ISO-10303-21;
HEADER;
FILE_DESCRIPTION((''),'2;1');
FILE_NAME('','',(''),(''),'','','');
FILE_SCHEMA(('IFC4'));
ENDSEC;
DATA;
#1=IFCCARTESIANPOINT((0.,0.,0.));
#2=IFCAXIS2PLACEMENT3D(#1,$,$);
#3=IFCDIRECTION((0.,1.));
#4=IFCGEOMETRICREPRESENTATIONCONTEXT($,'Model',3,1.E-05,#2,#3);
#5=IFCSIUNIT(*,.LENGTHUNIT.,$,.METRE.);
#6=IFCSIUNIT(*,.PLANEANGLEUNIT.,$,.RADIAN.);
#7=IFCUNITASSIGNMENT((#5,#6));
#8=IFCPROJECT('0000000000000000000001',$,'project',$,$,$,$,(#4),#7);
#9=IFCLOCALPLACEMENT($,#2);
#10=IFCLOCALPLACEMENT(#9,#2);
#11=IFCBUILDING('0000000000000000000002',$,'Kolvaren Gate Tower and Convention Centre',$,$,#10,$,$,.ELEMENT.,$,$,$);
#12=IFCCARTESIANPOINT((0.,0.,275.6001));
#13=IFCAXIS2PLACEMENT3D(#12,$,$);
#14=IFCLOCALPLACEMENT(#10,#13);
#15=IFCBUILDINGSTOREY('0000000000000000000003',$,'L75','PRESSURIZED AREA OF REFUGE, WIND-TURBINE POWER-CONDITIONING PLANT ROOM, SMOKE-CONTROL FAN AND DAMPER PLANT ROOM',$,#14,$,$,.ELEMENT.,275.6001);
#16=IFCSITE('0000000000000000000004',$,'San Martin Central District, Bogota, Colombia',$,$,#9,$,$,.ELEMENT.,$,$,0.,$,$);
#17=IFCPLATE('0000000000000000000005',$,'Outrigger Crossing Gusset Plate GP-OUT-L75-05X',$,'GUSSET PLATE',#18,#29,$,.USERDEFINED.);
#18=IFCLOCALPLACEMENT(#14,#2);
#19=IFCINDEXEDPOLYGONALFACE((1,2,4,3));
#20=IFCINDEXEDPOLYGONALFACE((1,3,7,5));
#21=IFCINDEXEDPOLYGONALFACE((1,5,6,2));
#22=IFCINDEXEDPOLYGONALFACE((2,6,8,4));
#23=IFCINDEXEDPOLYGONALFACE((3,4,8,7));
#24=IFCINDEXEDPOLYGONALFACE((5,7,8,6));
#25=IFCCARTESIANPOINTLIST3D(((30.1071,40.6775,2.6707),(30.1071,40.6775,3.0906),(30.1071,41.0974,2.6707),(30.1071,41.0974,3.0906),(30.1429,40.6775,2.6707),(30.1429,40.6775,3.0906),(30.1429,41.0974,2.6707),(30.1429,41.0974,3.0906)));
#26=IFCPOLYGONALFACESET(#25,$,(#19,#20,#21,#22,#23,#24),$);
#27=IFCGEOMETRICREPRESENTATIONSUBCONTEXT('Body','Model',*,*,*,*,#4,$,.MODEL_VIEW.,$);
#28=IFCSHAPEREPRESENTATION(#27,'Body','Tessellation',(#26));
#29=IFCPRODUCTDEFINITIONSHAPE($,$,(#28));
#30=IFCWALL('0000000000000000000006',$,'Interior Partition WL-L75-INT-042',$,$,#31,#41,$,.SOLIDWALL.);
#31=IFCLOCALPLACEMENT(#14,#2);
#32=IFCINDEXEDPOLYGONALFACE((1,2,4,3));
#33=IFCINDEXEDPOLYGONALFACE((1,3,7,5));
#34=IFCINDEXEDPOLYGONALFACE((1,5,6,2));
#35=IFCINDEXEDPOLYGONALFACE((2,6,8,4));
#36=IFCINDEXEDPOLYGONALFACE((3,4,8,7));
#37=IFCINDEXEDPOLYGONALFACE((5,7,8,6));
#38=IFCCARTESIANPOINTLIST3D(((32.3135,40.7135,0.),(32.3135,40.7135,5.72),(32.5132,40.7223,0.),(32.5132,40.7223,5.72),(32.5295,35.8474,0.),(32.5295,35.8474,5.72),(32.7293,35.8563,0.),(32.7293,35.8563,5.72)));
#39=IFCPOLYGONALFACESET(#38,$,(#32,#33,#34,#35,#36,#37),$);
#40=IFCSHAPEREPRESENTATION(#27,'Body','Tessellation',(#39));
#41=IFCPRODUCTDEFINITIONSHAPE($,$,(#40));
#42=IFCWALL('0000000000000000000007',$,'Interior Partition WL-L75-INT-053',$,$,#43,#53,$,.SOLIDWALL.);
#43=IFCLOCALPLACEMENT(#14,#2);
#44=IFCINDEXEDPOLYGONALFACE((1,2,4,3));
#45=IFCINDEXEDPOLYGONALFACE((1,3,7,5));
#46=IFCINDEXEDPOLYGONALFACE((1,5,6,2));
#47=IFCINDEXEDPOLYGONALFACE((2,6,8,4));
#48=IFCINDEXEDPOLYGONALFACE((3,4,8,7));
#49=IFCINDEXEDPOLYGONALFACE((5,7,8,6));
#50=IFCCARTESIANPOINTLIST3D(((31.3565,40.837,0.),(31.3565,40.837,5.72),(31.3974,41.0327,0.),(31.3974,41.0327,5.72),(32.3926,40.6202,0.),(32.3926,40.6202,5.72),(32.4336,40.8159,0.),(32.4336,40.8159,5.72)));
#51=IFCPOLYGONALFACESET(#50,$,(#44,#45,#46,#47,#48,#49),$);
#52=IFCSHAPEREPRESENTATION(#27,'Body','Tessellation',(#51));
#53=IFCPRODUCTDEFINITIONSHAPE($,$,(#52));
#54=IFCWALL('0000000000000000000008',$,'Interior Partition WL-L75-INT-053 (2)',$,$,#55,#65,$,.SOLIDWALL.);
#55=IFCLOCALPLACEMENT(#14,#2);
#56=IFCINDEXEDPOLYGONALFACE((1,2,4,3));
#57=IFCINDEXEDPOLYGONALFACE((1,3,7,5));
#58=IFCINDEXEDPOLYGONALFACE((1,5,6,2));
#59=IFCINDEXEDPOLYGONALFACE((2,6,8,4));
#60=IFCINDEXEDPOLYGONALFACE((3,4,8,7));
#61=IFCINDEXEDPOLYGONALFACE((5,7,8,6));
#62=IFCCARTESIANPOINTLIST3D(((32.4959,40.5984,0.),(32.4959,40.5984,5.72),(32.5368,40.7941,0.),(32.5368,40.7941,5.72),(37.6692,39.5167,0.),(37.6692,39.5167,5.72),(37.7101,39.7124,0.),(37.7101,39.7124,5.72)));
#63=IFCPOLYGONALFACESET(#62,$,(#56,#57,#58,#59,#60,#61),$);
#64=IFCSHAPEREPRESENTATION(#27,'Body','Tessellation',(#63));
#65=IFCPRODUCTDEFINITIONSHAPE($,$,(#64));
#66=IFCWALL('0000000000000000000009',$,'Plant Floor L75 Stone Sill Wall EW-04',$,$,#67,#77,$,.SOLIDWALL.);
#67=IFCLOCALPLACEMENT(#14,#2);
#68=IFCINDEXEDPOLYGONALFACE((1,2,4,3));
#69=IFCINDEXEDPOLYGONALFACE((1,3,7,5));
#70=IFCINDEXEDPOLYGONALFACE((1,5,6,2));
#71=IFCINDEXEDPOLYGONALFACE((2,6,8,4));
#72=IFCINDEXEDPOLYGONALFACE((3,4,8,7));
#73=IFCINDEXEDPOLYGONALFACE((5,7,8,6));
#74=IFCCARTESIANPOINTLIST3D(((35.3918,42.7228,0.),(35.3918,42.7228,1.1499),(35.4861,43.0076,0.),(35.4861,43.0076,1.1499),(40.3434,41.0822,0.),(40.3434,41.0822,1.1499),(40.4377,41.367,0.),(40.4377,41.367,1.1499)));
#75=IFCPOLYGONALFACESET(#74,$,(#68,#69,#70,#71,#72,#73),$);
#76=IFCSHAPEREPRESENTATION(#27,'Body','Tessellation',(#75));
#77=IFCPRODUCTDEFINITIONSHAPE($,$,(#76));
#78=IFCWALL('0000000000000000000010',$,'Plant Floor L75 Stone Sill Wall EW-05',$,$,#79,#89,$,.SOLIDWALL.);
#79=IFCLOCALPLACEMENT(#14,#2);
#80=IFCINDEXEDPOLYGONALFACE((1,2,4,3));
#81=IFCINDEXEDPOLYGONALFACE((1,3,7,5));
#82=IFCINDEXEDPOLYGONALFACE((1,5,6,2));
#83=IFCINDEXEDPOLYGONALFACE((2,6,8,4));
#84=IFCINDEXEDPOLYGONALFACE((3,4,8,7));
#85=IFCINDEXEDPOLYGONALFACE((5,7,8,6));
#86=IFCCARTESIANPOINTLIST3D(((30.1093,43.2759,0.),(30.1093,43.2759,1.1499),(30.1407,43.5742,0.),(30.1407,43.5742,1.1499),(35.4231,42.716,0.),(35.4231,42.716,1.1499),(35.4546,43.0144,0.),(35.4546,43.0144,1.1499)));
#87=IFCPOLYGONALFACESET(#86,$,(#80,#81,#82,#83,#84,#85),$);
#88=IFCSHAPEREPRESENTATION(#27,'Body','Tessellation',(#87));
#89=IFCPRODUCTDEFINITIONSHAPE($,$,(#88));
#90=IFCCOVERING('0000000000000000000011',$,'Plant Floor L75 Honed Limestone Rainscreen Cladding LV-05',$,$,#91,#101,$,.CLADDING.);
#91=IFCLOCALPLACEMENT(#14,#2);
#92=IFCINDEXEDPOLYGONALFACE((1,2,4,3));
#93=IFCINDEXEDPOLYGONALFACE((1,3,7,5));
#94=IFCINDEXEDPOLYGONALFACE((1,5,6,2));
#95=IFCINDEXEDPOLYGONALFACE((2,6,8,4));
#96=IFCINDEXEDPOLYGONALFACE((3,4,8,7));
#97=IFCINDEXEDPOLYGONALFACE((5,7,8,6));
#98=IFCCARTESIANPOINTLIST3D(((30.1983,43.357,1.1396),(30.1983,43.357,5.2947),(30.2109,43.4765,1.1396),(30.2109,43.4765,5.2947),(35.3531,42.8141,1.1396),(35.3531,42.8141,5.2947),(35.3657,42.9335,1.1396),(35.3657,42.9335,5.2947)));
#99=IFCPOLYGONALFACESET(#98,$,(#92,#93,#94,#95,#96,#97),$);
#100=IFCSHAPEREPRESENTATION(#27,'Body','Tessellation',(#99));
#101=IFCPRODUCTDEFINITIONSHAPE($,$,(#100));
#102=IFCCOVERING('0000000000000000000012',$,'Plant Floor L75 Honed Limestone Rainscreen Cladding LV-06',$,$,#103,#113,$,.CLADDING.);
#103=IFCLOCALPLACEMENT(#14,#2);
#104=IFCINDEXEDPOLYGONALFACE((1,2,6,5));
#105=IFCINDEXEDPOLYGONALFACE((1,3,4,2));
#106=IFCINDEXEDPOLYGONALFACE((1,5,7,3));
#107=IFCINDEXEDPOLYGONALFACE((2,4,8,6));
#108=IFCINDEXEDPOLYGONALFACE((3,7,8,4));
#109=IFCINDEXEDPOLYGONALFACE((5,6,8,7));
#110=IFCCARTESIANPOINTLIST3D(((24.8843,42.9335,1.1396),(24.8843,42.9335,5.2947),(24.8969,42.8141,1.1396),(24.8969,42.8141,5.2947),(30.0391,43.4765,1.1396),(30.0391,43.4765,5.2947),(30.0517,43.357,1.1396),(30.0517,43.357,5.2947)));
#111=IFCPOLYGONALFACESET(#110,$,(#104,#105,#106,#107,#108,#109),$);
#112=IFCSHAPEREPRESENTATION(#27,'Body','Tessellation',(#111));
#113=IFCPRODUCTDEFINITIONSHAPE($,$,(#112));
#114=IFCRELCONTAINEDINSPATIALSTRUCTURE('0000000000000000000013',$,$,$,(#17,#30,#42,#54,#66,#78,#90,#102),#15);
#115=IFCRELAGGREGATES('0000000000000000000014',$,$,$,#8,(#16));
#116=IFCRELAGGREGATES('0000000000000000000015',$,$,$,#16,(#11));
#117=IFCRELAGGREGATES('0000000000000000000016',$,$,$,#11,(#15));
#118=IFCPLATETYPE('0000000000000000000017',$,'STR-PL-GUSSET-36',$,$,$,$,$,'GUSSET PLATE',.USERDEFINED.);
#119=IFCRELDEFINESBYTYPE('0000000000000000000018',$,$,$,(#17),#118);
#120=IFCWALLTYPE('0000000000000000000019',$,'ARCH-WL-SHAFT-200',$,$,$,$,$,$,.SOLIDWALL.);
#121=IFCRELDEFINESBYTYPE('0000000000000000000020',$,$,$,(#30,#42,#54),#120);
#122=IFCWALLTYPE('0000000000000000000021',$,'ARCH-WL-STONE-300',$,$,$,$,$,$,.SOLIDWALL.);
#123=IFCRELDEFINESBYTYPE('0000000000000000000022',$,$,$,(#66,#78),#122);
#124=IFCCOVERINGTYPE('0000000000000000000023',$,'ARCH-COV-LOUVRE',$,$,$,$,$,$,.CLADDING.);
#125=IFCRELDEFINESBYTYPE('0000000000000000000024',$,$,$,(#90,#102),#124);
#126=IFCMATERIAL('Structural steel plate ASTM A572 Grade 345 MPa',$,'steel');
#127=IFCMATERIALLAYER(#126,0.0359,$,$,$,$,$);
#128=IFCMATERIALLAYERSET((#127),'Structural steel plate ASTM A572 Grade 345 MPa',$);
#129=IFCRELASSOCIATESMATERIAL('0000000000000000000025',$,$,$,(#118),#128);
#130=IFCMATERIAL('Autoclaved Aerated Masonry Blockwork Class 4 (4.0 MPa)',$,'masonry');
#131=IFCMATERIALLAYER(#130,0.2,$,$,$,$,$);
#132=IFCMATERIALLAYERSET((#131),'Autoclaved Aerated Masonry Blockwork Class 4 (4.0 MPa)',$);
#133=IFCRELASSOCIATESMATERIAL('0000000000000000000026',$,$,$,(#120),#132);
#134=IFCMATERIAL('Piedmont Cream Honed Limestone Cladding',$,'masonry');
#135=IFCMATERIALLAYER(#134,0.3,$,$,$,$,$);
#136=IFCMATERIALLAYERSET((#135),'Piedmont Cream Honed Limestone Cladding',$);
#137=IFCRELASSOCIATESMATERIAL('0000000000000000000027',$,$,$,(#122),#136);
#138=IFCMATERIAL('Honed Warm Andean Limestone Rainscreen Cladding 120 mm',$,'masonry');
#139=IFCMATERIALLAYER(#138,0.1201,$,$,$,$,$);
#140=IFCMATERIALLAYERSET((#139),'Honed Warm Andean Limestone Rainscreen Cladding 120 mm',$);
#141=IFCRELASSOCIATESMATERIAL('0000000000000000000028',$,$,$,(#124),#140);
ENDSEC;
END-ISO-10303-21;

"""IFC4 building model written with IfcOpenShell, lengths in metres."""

from ifc_helpers import new_model, si_unit, direction, frame, frame_2d, origin, origin_2d, place, context, subcontext, project, spatial, rectangle, extrude, material, layer, layer_set, type_object, element, save


model = new_model("IFC4")

# Units and contexts
model_context = context("Model", 3, precision=1e-05, world=origin(), true_north=direction((0.0, 1.0)))
body_context = subcontext(model_context, "Body", "Model", "MODEL_VIEW")
ifc_project = project(units=[si_unit("LENGTHUNIT", "METRE"), si_unit("PLANEANGLEUNIT", "RADIAN")], contexts=[model_context])

# Site, building, storey
site_placement = place(None, origin())
site = spatial("IfcSite", under=ifc_project, at=site_placement, Name="San Martin Central District, Bogota, Colombia", CompositionType="ELEMENT", RefElevation=0.0)
building_placement = place(site_placement, origin())
building = spatial("IfcBuilding", under=site, at=building_placement, Name="Kolvaren Gate Tower and Convention Centre", CompositionType="ELEMENT")
storey_placement = place(building_placement, frame((0.0, 0.0, 275.6001)))
storey = spatial("IfcBuildingStorey", under=building, at=storey_placement, Name="L75", Description="PRESSURIZED AREA OF REFUGE, WIND-TURBINE POWER-CONDITIONING PLANT ROOM, SMOKE-CONTROL FAN AND DAMPER PLANT ROOM", CompositionType="ELEMENT", Elevation=275.6001)

# Plate
ifc_material_1 = material(Name="Structural steel plate ASTM A572 Grade 345 MPa", Category="steel")
ifc_layer_1 = layer(ifc_material_1, 0.0359)
ifc_layer_set_1 = layer_set([ifc_layer_1], Name="Structural steel plate ASTM A572 Grade 345 MPa")
plate_type_1 = type_object("IfcPlateType", Name="STR-PL-GUSSET-36", ElementType="GUSSET PLATE", PredefinedType="USERDEFINED", material=ifc_layer_set_1)
plate_1_placement = place(storey_placement, frame((30.125, 40.8875, 2.6707), z_axis=(0.0, 0.0, 1.0), x_axis=(0.0, 1.0, 0.0)))
element("IfcPlate", 1, at=plate_1_placement, inside=storey, type_object=plate_type_1, Name="Outrigger Crossing Gusset Plate GP-OUT-L75-05X", ObjectType="GUSSET PLATE", PredefinedType="USERDEFINED", context=body_context, shape_type="SweptSolid", body=[
    extrude(rectangle(XDim=0.4199, YDim=0.0359, at=origin_2d()), origin(), (0.0, 0.0, 1.0), 0.4199),
])

# Walls
ifc_material_2 = material(Name="Autoclaved Aerated Masonry Blockwork Class 4 (4.0 MPa)", Category="masonry")
ifc_layer_2 = layer(ifc_material_2, 0.2)
ifc_layer_set_2 = layer_set([ifc_layer_2], Name="Autoclaved Aerated Masonry Blockwork Class 4 (4.0 MPa)")
wall_type_1 = type_object("IfcWallType", Name="ARCH-WL-SHAFT-200", PredefinedType="SOLIDWALL", material=ifc_layer_set_2)
wall_1_placement = place(storey_placement, frame((32.4133, 40.718, 0.0), z_axis=(0.0, 0.0, 1.0), x_axis=(0.044359, -0.999016, 0.0)))
element("IfcWall", 2, at=wall_1_placement, inside=storey, type_object=wall_type_1, Name="Interior Partition WL-L75-INT-042", PredefinedType="SOLIDWALL", context=body_context, shape_type="SweptSolid", body=[
    extrude(rectangle(XDim=4.8708, YDim=0.2, at=frame_2d((2.4355, 0.0))), origin(), (0.0, 0.0, 1.0), 5.72),
])
wall_2_placement = place(storey_placement, frame((31.377, 40.9348, 0.0), z_axis=(0.0, 0.0, 1.0), x_axis=(0.978804, -0.204801, 0.0)))
element("IfcWall", 3, at=wall_2_placement, inside=storey, type_object=wall_type_1, Name="Interior Partition WL-L75-INT-053", PredefinedType="SOLIDWALL", context=body_context, shape_type="SweptSolid", body=[
    extrude(rectangle(XDim=1.0586, YDim=0.2, at=frame_2d((0.5293, 0.0))), origin(), (0.0, 0.0, 1.0), 5.72),
])
wall_3_placement = place(storey_placement, frame((32.5164, 40.6963, 0.0), z_axis=(0.0, 0.0, 1.0), x_axis=(0.978829, -0.204681, 0.0)))
element("IfcWall", 4, at=wall_3_placement, inside=storey, type_object=wall_type_1, Name="Interior Partition WL-L75-INT-053 (2)", PredefinedType="SOLIDWALL", context=body_context, shape_type="SweptSolid", body=[
    extrude(rectangle(XDim=5.2852, YDim=0.2, at=frame_2d((2.6426, 0.0))), origin(), (0.0, 0.0, 1.0), 5.72),
])
ifc_material_3 = material(Name="Piedmont Cream Honed Limestone Cladding", Category="masonry")
ifc_layer_3 = layer(ifc_material_3, 0.3)
ifc_layer_set_3 = layer_set([ifc_layer_3], Name="Piedmont Cream Honed Limestone Cladding")
wall_type_2 = type_object("IfcWallType", Name="ARCH-WL-STONE-300", PredefinedType="SOLIDWALL", material=ifc_layer_set_3)
wall_4_placement = place(storey_placement, frame((35.439, 42.8652, 0.0), z_axis=(0.0, 0.0, 1.0), x_axis=(0.949253, -0.314514, 0.0)))
element("IfcWall", 5, at=wall_4_placement, inside=storey, type_object=wall_type_2, Name="Plant Floor L75 Stone Sill Wall EW-04", PredefinedType="SOLIDWALL", context=body_context, shape_type="SweptSolid", body=[
    extrude(rectangle(XDim=5.2163, YDim=0.3, at=frame_2d((2.6082, 0.0))), origin(), (0.0, 0.0, 1.0), 1.1499),
])
wall_5_placement = place(storey_placement, frame((30.125, 43.425, 0.0), z_axis=(0.0, 0.0, 1.0), x_axis=(0.994497, -0.104768, 0.0)))
element("IfcWall", 6, at=wall_5_placement, inside=storey, type_object=wall_type_2, Name="Plant Floor L75 Stone Sill Wall EW-05", PredefinedType="SOLIDWALL", context=body_context, shape_type="SweptSolid", body=[
    extrude(rectangle(XDim=5.3433, YDim=0.3, at=frame_2d((2.6716, 0.0))), origin(), (0.0, 0.0, 1.0), 1.1499),
])

# Coverings
ifc_material_4 = material(Name="Honed Warm Andean Limestone Rainscreen Cladding 120 mm", Category="masonry")
ifc_layer_4 = layer(ifc_material_4, 0.1201)
ifc_layer_set_4 = layer_set([ifc_layer_4], Name="Honed Warm Andean Limestone Rainscreen Cladding 120 mm")
covering_type = type_object("IfcCoveringType", Name="ARCH-COV-LOUVRE", PredefinedType="CLADDING", material=ifc_layer_set_4)
for number, where, z_axis, x_axis, name in (
    (7, (32.782, 43.1453, 1.1396), (0.0, 0.0, 1.0), (0.994499, -0.104749, 0.0), "Plant Floor L75 Honed Limestone Rainscreen Cladding LV-05"),
    (8, (27.468, 43.1453, 1.1396), (0.0, 0.0, 1.0), (0.994499, 0.104749, 0.0), "Plant Floor L75 Honed Limestone Rainscreen Cladding LV-06"),
):
    element("IfcCovering", number, at=place(storey_placement, frame(where, z_axis=z_axis, x_axis=x_axis)), inside=storey, type_object=covering_type, Name=name, PredefinedType="CLADDING", context=body_context, shape_type="SweptSolid", body=[
        extrude(rectangle(XDim=5.1833, YDim=0.1201, at=origin_2d()), origin(), (0.0, 0.0, 1.0), 4.155),
    ])

save(model, "model.ifc")
